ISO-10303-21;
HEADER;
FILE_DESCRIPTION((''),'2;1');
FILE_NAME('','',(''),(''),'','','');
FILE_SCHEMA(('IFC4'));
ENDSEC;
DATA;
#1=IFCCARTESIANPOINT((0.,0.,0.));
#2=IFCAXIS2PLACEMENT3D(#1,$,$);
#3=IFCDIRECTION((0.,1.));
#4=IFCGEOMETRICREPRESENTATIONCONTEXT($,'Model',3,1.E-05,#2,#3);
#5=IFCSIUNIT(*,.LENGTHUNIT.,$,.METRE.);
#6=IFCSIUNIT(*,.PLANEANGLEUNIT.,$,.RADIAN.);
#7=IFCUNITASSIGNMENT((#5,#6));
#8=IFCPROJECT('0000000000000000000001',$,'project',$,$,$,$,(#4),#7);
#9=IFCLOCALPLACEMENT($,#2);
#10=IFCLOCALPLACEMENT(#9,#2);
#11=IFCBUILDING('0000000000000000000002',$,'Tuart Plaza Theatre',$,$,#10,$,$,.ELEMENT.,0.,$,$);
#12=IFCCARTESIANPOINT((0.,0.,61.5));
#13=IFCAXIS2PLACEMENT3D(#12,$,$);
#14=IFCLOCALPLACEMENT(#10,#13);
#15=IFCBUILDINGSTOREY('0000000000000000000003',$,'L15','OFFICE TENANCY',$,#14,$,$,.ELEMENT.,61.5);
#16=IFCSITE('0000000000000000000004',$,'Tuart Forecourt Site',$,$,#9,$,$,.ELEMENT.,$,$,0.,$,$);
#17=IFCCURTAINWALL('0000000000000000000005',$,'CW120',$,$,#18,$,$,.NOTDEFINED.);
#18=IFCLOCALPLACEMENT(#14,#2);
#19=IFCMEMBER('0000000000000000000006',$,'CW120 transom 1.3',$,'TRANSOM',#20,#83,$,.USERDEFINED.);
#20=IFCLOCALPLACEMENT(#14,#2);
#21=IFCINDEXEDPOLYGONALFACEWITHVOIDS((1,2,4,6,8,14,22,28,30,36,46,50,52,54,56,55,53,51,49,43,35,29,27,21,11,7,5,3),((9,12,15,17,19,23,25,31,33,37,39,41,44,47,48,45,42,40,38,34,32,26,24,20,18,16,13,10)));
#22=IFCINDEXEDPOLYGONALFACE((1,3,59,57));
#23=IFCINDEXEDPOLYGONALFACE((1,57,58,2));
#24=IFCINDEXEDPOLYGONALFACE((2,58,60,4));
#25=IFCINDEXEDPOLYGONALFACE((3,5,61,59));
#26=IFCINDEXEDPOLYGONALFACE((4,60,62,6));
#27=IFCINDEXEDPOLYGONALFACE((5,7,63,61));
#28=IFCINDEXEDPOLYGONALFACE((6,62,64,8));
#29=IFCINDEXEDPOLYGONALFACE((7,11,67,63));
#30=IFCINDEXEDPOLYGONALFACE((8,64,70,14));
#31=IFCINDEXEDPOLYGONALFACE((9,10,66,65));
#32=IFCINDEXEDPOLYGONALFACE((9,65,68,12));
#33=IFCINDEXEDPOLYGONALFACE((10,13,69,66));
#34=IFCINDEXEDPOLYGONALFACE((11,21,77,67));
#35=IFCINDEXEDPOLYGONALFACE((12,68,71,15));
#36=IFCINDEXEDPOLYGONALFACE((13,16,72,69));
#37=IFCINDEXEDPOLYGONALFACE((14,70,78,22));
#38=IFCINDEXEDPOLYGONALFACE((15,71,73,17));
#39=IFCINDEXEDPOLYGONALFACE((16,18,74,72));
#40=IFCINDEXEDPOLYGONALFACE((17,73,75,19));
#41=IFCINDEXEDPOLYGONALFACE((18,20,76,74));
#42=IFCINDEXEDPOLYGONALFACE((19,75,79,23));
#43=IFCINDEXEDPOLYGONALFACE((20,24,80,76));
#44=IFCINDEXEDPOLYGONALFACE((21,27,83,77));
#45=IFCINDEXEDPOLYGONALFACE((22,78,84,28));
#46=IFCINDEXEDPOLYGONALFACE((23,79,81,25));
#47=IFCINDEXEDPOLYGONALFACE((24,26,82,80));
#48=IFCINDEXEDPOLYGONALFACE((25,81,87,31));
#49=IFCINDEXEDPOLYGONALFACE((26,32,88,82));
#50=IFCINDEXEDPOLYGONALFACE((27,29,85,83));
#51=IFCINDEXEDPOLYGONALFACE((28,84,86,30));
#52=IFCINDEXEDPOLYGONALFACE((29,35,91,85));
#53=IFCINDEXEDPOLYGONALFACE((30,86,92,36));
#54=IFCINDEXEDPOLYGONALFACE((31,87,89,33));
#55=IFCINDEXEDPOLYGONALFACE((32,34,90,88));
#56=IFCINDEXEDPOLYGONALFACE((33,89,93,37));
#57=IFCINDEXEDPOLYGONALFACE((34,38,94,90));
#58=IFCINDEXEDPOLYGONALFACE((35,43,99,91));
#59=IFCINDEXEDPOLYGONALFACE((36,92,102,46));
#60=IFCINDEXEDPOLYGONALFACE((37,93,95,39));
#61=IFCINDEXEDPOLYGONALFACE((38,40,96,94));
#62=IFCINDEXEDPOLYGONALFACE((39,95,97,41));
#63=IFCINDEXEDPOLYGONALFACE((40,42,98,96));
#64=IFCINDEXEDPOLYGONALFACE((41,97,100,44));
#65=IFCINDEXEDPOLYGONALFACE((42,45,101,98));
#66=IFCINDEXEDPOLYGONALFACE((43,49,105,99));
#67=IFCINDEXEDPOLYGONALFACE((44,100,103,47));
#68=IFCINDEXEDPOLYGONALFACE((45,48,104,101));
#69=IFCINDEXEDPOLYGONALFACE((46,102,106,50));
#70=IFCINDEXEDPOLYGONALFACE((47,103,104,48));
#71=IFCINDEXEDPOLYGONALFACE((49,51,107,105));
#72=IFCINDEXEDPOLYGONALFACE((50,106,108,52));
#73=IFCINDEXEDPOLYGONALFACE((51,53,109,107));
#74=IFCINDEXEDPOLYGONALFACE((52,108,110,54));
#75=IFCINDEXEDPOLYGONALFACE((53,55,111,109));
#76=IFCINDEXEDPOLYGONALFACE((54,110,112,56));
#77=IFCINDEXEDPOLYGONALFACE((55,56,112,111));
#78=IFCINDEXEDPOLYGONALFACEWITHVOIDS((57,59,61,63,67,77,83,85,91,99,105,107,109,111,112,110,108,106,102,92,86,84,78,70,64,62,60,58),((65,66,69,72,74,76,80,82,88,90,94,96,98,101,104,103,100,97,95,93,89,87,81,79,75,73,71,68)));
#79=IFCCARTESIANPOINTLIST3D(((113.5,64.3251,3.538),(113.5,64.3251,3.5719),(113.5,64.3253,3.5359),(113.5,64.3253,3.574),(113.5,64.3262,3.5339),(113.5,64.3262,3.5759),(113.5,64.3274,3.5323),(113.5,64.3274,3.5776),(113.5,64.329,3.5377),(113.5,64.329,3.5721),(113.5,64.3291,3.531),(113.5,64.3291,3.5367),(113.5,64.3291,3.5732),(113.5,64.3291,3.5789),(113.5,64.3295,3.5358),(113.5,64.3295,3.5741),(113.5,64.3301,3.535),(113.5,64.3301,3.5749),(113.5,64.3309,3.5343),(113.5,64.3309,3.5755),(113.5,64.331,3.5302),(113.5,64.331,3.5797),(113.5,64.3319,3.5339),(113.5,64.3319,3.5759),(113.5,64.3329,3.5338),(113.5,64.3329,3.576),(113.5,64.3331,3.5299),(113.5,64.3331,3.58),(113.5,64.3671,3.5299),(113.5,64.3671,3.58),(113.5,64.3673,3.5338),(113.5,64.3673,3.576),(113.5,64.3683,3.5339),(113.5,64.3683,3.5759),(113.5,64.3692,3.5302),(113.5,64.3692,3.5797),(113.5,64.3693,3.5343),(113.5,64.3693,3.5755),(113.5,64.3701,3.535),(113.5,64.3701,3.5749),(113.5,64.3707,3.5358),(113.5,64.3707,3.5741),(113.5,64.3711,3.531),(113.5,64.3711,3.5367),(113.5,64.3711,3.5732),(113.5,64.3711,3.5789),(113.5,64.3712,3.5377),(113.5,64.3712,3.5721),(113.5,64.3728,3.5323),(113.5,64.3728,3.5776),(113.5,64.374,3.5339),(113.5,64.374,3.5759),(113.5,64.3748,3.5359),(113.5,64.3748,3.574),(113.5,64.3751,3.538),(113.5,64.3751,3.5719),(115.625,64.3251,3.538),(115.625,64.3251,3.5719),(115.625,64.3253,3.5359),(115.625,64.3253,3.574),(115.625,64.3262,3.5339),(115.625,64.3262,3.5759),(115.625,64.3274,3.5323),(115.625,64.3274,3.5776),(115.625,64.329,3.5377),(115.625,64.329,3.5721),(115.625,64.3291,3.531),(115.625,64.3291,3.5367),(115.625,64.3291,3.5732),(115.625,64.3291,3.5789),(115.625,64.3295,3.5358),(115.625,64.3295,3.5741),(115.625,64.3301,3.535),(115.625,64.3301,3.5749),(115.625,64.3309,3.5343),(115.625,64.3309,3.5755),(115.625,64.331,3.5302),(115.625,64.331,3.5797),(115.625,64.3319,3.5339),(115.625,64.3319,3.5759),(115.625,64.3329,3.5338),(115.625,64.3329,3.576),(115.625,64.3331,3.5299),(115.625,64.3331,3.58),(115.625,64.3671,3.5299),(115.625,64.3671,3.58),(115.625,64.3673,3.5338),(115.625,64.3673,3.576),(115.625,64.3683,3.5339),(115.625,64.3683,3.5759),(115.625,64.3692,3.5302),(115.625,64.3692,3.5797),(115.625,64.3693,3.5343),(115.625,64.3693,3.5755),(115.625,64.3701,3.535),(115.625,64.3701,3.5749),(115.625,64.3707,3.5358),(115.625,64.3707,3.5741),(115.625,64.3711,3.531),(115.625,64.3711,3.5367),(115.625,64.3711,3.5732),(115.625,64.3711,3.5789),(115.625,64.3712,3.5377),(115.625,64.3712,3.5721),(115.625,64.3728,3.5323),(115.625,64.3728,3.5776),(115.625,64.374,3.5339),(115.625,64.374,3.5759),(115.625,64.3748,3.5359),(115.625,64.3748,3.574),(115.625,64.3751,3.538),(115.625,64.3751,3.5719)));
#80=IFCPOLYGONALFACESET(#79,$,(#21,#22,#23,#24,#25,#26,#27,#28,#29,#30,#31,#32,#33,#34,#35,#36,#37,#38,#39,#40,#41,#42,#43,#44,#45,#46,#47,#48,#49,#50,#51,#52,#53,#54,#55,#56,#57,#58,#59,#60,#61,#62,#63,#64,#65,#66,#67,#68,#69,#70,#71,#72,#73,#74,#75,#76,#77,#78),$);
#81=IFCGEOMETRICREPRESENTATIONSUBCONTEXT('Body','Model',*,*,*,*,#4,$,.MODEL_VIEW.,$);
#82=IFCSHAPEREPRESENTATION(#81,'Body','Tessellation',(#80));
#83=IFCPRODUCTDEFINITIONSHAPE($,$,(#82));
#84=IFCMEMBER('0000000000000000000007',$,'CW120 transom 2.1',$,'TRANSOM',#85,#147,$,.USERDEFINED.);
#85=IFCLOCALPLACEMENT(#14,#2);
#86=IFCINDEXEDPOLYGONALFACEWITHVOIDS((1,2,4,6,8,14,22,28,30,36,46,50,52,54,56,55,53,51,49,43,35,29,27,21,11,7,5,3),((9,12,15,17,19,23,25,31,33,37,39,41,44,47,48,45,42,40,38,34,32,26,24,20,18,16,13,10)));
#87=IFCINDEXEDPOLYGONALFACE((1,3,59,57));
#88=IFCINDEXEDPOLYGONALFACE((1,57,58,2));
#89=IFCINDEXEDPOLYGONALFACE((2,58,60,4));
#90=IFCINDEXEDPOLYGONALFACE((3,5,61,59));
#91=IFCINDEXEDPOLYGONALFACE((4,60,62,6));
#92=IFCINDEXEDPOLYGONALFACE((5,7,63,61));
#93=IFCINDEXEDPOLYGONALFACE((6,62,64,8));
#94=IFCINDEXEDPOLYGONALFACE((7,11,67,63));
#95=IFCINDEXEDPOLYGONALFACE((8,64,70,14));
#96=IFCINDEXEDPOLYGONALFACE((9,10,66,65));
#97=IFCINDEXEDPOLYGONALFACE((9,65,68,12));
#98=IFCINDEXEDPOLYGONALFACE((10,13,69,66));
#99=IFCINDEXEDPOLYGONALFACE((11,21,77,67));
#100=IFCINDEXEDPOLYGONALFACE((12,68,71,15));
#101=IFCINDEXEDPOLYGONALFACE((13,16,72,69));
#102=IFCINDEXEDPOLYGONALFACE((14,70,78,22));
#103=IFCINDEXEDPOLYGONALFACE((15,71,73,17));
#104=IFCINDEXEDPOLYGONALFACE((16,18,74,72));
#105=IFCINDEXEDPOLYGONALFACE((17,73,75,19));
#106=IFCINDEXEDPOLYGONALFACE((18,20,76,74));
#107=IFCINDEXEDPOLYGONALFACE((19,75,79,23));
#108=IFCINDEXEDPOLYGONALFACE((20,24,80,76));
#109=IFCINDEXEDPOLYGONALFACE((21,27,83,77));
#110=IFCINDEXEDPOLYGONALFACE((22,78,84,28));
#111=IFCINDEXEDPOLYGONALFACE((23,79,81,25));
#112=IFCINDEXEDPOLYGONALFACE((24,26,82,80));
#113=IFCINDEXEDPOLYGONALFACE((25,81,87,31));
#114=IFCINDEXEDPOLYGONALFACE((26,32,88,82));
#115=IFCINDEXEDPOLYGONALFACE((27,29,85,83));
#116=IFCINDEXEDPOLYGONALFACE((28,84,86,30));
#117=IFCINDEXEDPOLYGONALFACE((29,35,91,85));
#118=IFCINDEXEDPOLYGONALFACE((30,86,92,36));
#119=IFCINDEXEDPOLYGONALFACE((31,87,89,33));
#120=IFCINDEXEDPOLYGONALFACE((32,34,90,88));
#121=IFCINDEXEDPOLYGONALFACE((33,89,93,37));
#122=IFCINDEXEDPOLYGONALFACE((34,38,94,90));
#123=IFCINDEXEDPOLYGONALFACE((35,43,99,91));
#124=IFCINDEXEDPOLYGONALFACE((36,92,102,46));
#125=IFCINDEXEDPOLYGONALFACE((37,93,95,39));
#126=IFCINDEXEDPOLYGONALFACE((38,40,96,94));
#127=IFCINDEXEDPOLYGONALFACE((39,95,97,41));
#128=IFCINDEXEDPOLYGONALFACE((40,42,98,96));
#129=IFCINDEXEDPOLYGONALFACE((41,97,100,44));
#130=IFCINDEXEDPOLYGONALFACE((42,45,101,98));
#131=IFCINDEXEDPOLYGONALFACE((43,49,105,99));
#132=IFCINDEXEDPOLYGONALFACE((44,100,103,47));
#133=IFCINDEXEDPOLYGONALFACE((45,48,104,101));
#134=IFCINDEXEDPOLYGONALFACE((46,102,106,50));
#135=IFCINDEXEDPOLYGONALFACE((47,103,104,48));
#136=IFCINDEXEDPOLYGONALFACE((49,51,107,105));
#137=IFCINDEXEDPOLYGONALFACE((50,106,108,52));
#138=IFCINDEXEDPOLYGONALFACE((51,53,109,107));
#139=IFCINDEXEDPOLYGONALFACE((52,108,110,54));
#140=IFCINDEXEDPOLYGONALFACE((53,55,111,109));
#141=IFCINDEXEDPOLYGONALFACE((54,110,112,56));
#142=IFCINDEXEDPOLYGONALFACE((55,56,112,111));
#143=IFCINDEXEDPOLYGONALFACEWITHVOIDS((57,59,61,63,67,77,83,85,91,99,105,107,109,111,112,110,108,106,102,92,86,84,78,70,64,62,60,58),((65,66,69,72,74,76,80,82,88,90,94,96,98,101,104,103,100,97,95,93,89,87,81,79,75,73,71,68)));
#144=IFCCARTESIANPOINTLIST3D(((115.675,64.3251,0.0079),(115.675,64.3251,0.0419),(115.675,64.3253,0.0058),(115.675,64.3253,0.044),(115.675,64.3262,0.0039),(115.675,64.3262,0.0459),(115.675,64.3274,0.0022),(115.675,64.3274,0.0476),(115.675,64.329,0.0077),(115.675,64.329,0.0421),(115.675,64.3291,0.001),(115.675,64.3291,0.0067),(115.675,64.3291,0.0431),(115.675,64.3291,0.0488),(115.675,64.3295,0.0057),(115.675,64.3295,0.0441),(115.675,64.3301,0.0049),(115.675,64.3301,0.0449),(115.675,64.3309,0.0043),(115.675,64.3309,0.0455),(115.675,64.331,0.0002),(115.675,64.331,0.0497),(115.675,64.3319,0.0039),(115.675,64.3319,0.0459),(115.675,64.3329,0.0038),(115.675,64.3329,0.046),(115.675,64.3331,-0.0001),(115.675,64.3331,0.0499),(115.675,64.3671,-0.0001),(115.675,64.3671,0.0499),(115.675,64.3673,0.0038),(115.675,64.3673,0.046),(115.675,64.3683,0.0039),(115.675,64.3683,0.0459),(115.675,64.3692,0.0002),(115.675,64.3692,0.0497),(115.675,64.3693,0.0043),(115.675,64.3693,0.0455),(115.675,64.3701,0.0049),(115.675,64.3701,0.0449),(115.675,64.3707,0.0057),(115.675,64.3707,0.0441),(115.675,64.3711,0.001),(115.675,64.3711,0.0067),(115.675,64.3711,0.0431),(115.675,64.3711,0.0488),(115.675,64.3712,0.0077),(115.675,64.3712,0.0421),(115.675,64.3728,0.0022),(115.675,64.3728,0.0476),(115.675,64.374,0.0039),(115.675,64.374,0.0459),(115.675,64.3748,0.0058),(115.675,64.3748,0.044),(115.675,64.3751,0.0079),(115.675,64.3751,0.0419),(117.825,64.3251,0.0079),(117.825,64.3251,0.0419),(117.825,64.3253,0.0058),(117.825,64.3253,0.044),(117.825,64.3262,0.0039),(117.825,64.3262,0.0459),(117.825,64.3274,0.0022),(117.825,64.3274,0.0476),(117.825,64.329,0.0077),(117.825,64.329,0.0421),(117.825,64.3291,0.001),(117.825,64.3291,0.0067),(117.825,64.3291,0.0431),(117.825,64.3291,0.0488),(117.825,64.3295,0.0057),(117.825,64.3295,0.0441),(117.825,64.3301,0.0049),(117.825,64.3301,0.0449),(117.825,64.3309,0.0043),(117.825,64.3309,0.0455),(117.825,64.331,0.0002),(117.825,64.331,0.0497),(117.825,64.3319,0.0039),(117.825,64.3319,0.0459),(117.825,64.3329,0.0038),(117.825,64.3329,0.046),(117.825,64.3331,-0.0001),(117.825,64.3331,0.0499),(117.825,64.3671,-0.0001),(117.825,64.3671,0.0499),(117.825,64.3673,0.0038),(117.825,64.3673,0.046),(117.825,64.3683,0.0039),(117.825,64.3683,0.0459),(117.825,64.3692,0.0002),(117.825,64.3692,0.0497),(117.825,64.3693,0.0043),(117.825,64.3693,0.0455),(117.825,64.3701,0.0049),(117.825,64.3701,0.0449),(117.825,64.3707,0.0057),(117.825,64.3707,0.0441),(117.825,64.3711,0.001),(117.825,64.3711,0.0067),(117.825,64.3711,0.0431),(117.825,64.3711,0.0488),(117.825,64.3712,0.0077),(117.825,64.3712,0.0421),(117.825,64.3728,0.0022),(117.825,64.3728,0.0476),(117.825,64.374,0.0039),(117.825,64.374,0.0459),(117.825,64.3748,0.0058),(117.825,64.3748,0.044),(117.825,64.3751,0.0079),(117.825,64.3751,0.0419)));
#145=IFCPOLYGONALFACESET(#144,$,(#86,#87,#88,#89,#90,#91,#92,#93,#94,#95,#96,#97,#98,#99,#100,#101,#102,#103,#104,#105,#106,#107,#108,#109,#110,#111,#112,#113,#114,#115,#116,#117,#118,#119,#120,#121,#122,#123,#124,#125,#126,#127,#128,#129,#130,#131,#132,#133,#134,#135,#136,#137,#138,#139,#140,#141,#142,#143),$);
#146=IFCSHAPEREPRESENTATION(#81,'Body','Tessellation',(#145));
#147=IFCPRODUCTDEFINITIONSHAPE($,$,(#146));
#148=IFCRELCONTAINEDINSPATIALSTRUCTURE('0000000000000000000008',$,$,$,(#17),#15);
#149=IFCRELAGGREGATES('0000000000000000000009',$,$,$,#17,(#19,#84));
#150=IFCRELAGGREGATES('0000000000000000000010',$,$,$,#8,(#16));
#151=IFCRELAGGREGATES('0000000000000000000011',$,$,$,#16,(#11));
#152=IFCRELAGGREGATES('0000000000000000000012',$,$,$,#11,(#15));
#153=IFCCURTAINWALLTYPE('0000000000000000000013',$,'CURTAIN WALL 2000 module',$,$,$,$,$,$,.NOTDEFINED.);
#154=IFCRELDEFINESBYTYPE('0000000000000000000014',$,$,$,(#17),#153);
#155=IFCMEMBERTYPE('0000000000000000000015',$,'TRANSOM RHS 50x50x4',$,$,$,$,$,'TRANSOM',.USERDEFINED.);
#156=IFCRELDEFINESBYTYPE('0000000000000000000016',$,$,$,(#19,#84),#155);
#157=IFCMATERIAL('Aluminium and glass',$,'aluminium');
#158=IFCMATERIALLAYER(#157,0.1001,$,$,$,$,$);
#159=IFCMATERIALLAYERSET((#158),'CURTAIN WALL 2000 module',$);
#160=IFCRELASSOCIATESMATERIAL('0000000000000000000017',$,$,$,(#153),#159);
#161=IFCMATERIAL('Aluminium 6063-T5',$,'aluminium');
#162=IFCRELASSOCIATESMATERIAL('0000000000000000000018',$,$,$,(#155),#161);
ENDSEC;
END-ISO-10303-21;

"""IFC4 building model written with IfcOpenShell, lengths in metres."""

from ifc_helpers import new_model, si_unit, direction, frame, origin, origin_2d, place, context, subcontext, project, spatial, hollow_rectangle, extrude, material, layer, layer_set, material_profile, profile_set, type_object, element, aggregate, save


model = new_model("IFC4")

# Units and contexts
model_context = context("Model", 3, precision=1e-05, world=origin(), true_north=direction((0.0, 1.0)))
body_context = subcontext(model_context, "Body", "Model", "MODEL_VIEW")
ifc_project = project(units=[si_unit("LENGTHUNIT", "METRE"), si_unit("PLANEANGLEUNIT", "RADIAN")], contexts=[model_context])

# Site, building, storey
site_placement = place(None, origin())
site = spatial("IfcSite", under=ifc_project, at=site_placement, Name="Tuart Forecourt Site", CompositionType="ELEMENT", RefElevation=0.0)
building_placement = place(site_placement, origin())
building = spatial("IfcBuilding", under=site, at=building_placement, Name="Tuart Plaza Theatre", CompositionType="ELEMENT", ElevationOfRefHeight=0.0)
storey_placement = place(building_placement, frame((0.0, 0.0, 61.5)))
storey = spatial("IfcBuildingStorey", under=building, at=storey_placement, Name="L15", Description="OFFICE TENANCY", CompositionType="ELEMENT", Elevation=61.5)

# Curtain wall
ifc_material_1 = material(Name="Aluminium and glass", Category="aluminium")
ifc_layer_1 = layer(ifc_material_1, 0.1001)
ifc_layer_set_1 = layer_set([ifc_layer_1], Name="CURTAIN WALL 2000 module")
curtain_wall_type_1 = type_object("IfcCurtainWallType", Name="CURTAIN WALL 2000 module", PredefinedType="NOTDEFINED", material=ifc_layer_set_1)
curtain_wall_1_placement = place(storey_placement, origin())
curtain_wall_1 = element("IfcCurtainWall", 1, at=curtain_wall_1_placement, inside=storey, type_object=curtain_wall_type_1, Name="CW120", PredefinedType="NOTDEFINED")
ifc_material_2 = material(Name="Aluminium 6063-T5", Category="aluminium")
ifc_material_profile_1 = material_profile(ifc_material_2, hollow_rectangle(XDim=0.05, YDim=0.05, WallThickness=0.0039, InnerFilletRadius=0.0039, OuterFilletRadius=0.0081, at=origin_2d()), Name="RHS 50x50x4")
ifc_profile_set_1 = profile_set([ifc_material_profile_1], Name="Aluminium 6063-T5")
member_type_1 = type_object("IfcMemberType", Name="TRANSOM RHS 50x50x4", ElementType="TRANSOM", PredefinedType="USERDEFINED", material=ifc_profile_set_1)

# Members
member_1_placement = place(storey_placement, frame((113.5, 64.3501, 3.5549), z_axis=(1.0, 0.0, 0.0), x_axis=(0.0, 1.0, 0.0)))
member_1 = element("IfcMember", 2, at=member_1_placement, type_object=member_type_1, Name="CW120 transom 1.3", ObjectType="TRANSOM", PredefinedType="USERDEFINED", context=body_context, shape_type="SweptSolid", body=[
    extrude(hollow_rectangle(XDim=0.05, YDim=0.05, WallThickness=0.0039, InnerFilletRadius=0.0039, OuterFilletRadius=0.0081, at=origin_2d()), origin(), (0.0, 0.0, 1.0), 2.125),
])
member_2_placement = place(storey_placement, frame((115.675, 64.3501, 0.0249), z_axis=(1.0, 0.0, 0.0), x_axis=(0.0, 1.0, 0.0)))
member_2 = element("IfcMember", 3, at=member_2_placement, type_object=member_type_1, Name="CW120 transom 2.1", ObjectType="TRANSOM", PredefinedType="USERDEFINED", context=body_context, shape_type="SweptSolid", body=[
    extrude(hollow_rectangle(XDim=0.05, YDim=0.05, WallThickness=0.0039, InnerFilletRadius=0.0039, OuterFilletRadius=0.0081, at=origin_2d()), origin(), (0.0, 0.0, 1.0), 2.1499),
])

aggregate(curtain_wall_1, [member_1, member_2])

save(model, "model.ifc")
